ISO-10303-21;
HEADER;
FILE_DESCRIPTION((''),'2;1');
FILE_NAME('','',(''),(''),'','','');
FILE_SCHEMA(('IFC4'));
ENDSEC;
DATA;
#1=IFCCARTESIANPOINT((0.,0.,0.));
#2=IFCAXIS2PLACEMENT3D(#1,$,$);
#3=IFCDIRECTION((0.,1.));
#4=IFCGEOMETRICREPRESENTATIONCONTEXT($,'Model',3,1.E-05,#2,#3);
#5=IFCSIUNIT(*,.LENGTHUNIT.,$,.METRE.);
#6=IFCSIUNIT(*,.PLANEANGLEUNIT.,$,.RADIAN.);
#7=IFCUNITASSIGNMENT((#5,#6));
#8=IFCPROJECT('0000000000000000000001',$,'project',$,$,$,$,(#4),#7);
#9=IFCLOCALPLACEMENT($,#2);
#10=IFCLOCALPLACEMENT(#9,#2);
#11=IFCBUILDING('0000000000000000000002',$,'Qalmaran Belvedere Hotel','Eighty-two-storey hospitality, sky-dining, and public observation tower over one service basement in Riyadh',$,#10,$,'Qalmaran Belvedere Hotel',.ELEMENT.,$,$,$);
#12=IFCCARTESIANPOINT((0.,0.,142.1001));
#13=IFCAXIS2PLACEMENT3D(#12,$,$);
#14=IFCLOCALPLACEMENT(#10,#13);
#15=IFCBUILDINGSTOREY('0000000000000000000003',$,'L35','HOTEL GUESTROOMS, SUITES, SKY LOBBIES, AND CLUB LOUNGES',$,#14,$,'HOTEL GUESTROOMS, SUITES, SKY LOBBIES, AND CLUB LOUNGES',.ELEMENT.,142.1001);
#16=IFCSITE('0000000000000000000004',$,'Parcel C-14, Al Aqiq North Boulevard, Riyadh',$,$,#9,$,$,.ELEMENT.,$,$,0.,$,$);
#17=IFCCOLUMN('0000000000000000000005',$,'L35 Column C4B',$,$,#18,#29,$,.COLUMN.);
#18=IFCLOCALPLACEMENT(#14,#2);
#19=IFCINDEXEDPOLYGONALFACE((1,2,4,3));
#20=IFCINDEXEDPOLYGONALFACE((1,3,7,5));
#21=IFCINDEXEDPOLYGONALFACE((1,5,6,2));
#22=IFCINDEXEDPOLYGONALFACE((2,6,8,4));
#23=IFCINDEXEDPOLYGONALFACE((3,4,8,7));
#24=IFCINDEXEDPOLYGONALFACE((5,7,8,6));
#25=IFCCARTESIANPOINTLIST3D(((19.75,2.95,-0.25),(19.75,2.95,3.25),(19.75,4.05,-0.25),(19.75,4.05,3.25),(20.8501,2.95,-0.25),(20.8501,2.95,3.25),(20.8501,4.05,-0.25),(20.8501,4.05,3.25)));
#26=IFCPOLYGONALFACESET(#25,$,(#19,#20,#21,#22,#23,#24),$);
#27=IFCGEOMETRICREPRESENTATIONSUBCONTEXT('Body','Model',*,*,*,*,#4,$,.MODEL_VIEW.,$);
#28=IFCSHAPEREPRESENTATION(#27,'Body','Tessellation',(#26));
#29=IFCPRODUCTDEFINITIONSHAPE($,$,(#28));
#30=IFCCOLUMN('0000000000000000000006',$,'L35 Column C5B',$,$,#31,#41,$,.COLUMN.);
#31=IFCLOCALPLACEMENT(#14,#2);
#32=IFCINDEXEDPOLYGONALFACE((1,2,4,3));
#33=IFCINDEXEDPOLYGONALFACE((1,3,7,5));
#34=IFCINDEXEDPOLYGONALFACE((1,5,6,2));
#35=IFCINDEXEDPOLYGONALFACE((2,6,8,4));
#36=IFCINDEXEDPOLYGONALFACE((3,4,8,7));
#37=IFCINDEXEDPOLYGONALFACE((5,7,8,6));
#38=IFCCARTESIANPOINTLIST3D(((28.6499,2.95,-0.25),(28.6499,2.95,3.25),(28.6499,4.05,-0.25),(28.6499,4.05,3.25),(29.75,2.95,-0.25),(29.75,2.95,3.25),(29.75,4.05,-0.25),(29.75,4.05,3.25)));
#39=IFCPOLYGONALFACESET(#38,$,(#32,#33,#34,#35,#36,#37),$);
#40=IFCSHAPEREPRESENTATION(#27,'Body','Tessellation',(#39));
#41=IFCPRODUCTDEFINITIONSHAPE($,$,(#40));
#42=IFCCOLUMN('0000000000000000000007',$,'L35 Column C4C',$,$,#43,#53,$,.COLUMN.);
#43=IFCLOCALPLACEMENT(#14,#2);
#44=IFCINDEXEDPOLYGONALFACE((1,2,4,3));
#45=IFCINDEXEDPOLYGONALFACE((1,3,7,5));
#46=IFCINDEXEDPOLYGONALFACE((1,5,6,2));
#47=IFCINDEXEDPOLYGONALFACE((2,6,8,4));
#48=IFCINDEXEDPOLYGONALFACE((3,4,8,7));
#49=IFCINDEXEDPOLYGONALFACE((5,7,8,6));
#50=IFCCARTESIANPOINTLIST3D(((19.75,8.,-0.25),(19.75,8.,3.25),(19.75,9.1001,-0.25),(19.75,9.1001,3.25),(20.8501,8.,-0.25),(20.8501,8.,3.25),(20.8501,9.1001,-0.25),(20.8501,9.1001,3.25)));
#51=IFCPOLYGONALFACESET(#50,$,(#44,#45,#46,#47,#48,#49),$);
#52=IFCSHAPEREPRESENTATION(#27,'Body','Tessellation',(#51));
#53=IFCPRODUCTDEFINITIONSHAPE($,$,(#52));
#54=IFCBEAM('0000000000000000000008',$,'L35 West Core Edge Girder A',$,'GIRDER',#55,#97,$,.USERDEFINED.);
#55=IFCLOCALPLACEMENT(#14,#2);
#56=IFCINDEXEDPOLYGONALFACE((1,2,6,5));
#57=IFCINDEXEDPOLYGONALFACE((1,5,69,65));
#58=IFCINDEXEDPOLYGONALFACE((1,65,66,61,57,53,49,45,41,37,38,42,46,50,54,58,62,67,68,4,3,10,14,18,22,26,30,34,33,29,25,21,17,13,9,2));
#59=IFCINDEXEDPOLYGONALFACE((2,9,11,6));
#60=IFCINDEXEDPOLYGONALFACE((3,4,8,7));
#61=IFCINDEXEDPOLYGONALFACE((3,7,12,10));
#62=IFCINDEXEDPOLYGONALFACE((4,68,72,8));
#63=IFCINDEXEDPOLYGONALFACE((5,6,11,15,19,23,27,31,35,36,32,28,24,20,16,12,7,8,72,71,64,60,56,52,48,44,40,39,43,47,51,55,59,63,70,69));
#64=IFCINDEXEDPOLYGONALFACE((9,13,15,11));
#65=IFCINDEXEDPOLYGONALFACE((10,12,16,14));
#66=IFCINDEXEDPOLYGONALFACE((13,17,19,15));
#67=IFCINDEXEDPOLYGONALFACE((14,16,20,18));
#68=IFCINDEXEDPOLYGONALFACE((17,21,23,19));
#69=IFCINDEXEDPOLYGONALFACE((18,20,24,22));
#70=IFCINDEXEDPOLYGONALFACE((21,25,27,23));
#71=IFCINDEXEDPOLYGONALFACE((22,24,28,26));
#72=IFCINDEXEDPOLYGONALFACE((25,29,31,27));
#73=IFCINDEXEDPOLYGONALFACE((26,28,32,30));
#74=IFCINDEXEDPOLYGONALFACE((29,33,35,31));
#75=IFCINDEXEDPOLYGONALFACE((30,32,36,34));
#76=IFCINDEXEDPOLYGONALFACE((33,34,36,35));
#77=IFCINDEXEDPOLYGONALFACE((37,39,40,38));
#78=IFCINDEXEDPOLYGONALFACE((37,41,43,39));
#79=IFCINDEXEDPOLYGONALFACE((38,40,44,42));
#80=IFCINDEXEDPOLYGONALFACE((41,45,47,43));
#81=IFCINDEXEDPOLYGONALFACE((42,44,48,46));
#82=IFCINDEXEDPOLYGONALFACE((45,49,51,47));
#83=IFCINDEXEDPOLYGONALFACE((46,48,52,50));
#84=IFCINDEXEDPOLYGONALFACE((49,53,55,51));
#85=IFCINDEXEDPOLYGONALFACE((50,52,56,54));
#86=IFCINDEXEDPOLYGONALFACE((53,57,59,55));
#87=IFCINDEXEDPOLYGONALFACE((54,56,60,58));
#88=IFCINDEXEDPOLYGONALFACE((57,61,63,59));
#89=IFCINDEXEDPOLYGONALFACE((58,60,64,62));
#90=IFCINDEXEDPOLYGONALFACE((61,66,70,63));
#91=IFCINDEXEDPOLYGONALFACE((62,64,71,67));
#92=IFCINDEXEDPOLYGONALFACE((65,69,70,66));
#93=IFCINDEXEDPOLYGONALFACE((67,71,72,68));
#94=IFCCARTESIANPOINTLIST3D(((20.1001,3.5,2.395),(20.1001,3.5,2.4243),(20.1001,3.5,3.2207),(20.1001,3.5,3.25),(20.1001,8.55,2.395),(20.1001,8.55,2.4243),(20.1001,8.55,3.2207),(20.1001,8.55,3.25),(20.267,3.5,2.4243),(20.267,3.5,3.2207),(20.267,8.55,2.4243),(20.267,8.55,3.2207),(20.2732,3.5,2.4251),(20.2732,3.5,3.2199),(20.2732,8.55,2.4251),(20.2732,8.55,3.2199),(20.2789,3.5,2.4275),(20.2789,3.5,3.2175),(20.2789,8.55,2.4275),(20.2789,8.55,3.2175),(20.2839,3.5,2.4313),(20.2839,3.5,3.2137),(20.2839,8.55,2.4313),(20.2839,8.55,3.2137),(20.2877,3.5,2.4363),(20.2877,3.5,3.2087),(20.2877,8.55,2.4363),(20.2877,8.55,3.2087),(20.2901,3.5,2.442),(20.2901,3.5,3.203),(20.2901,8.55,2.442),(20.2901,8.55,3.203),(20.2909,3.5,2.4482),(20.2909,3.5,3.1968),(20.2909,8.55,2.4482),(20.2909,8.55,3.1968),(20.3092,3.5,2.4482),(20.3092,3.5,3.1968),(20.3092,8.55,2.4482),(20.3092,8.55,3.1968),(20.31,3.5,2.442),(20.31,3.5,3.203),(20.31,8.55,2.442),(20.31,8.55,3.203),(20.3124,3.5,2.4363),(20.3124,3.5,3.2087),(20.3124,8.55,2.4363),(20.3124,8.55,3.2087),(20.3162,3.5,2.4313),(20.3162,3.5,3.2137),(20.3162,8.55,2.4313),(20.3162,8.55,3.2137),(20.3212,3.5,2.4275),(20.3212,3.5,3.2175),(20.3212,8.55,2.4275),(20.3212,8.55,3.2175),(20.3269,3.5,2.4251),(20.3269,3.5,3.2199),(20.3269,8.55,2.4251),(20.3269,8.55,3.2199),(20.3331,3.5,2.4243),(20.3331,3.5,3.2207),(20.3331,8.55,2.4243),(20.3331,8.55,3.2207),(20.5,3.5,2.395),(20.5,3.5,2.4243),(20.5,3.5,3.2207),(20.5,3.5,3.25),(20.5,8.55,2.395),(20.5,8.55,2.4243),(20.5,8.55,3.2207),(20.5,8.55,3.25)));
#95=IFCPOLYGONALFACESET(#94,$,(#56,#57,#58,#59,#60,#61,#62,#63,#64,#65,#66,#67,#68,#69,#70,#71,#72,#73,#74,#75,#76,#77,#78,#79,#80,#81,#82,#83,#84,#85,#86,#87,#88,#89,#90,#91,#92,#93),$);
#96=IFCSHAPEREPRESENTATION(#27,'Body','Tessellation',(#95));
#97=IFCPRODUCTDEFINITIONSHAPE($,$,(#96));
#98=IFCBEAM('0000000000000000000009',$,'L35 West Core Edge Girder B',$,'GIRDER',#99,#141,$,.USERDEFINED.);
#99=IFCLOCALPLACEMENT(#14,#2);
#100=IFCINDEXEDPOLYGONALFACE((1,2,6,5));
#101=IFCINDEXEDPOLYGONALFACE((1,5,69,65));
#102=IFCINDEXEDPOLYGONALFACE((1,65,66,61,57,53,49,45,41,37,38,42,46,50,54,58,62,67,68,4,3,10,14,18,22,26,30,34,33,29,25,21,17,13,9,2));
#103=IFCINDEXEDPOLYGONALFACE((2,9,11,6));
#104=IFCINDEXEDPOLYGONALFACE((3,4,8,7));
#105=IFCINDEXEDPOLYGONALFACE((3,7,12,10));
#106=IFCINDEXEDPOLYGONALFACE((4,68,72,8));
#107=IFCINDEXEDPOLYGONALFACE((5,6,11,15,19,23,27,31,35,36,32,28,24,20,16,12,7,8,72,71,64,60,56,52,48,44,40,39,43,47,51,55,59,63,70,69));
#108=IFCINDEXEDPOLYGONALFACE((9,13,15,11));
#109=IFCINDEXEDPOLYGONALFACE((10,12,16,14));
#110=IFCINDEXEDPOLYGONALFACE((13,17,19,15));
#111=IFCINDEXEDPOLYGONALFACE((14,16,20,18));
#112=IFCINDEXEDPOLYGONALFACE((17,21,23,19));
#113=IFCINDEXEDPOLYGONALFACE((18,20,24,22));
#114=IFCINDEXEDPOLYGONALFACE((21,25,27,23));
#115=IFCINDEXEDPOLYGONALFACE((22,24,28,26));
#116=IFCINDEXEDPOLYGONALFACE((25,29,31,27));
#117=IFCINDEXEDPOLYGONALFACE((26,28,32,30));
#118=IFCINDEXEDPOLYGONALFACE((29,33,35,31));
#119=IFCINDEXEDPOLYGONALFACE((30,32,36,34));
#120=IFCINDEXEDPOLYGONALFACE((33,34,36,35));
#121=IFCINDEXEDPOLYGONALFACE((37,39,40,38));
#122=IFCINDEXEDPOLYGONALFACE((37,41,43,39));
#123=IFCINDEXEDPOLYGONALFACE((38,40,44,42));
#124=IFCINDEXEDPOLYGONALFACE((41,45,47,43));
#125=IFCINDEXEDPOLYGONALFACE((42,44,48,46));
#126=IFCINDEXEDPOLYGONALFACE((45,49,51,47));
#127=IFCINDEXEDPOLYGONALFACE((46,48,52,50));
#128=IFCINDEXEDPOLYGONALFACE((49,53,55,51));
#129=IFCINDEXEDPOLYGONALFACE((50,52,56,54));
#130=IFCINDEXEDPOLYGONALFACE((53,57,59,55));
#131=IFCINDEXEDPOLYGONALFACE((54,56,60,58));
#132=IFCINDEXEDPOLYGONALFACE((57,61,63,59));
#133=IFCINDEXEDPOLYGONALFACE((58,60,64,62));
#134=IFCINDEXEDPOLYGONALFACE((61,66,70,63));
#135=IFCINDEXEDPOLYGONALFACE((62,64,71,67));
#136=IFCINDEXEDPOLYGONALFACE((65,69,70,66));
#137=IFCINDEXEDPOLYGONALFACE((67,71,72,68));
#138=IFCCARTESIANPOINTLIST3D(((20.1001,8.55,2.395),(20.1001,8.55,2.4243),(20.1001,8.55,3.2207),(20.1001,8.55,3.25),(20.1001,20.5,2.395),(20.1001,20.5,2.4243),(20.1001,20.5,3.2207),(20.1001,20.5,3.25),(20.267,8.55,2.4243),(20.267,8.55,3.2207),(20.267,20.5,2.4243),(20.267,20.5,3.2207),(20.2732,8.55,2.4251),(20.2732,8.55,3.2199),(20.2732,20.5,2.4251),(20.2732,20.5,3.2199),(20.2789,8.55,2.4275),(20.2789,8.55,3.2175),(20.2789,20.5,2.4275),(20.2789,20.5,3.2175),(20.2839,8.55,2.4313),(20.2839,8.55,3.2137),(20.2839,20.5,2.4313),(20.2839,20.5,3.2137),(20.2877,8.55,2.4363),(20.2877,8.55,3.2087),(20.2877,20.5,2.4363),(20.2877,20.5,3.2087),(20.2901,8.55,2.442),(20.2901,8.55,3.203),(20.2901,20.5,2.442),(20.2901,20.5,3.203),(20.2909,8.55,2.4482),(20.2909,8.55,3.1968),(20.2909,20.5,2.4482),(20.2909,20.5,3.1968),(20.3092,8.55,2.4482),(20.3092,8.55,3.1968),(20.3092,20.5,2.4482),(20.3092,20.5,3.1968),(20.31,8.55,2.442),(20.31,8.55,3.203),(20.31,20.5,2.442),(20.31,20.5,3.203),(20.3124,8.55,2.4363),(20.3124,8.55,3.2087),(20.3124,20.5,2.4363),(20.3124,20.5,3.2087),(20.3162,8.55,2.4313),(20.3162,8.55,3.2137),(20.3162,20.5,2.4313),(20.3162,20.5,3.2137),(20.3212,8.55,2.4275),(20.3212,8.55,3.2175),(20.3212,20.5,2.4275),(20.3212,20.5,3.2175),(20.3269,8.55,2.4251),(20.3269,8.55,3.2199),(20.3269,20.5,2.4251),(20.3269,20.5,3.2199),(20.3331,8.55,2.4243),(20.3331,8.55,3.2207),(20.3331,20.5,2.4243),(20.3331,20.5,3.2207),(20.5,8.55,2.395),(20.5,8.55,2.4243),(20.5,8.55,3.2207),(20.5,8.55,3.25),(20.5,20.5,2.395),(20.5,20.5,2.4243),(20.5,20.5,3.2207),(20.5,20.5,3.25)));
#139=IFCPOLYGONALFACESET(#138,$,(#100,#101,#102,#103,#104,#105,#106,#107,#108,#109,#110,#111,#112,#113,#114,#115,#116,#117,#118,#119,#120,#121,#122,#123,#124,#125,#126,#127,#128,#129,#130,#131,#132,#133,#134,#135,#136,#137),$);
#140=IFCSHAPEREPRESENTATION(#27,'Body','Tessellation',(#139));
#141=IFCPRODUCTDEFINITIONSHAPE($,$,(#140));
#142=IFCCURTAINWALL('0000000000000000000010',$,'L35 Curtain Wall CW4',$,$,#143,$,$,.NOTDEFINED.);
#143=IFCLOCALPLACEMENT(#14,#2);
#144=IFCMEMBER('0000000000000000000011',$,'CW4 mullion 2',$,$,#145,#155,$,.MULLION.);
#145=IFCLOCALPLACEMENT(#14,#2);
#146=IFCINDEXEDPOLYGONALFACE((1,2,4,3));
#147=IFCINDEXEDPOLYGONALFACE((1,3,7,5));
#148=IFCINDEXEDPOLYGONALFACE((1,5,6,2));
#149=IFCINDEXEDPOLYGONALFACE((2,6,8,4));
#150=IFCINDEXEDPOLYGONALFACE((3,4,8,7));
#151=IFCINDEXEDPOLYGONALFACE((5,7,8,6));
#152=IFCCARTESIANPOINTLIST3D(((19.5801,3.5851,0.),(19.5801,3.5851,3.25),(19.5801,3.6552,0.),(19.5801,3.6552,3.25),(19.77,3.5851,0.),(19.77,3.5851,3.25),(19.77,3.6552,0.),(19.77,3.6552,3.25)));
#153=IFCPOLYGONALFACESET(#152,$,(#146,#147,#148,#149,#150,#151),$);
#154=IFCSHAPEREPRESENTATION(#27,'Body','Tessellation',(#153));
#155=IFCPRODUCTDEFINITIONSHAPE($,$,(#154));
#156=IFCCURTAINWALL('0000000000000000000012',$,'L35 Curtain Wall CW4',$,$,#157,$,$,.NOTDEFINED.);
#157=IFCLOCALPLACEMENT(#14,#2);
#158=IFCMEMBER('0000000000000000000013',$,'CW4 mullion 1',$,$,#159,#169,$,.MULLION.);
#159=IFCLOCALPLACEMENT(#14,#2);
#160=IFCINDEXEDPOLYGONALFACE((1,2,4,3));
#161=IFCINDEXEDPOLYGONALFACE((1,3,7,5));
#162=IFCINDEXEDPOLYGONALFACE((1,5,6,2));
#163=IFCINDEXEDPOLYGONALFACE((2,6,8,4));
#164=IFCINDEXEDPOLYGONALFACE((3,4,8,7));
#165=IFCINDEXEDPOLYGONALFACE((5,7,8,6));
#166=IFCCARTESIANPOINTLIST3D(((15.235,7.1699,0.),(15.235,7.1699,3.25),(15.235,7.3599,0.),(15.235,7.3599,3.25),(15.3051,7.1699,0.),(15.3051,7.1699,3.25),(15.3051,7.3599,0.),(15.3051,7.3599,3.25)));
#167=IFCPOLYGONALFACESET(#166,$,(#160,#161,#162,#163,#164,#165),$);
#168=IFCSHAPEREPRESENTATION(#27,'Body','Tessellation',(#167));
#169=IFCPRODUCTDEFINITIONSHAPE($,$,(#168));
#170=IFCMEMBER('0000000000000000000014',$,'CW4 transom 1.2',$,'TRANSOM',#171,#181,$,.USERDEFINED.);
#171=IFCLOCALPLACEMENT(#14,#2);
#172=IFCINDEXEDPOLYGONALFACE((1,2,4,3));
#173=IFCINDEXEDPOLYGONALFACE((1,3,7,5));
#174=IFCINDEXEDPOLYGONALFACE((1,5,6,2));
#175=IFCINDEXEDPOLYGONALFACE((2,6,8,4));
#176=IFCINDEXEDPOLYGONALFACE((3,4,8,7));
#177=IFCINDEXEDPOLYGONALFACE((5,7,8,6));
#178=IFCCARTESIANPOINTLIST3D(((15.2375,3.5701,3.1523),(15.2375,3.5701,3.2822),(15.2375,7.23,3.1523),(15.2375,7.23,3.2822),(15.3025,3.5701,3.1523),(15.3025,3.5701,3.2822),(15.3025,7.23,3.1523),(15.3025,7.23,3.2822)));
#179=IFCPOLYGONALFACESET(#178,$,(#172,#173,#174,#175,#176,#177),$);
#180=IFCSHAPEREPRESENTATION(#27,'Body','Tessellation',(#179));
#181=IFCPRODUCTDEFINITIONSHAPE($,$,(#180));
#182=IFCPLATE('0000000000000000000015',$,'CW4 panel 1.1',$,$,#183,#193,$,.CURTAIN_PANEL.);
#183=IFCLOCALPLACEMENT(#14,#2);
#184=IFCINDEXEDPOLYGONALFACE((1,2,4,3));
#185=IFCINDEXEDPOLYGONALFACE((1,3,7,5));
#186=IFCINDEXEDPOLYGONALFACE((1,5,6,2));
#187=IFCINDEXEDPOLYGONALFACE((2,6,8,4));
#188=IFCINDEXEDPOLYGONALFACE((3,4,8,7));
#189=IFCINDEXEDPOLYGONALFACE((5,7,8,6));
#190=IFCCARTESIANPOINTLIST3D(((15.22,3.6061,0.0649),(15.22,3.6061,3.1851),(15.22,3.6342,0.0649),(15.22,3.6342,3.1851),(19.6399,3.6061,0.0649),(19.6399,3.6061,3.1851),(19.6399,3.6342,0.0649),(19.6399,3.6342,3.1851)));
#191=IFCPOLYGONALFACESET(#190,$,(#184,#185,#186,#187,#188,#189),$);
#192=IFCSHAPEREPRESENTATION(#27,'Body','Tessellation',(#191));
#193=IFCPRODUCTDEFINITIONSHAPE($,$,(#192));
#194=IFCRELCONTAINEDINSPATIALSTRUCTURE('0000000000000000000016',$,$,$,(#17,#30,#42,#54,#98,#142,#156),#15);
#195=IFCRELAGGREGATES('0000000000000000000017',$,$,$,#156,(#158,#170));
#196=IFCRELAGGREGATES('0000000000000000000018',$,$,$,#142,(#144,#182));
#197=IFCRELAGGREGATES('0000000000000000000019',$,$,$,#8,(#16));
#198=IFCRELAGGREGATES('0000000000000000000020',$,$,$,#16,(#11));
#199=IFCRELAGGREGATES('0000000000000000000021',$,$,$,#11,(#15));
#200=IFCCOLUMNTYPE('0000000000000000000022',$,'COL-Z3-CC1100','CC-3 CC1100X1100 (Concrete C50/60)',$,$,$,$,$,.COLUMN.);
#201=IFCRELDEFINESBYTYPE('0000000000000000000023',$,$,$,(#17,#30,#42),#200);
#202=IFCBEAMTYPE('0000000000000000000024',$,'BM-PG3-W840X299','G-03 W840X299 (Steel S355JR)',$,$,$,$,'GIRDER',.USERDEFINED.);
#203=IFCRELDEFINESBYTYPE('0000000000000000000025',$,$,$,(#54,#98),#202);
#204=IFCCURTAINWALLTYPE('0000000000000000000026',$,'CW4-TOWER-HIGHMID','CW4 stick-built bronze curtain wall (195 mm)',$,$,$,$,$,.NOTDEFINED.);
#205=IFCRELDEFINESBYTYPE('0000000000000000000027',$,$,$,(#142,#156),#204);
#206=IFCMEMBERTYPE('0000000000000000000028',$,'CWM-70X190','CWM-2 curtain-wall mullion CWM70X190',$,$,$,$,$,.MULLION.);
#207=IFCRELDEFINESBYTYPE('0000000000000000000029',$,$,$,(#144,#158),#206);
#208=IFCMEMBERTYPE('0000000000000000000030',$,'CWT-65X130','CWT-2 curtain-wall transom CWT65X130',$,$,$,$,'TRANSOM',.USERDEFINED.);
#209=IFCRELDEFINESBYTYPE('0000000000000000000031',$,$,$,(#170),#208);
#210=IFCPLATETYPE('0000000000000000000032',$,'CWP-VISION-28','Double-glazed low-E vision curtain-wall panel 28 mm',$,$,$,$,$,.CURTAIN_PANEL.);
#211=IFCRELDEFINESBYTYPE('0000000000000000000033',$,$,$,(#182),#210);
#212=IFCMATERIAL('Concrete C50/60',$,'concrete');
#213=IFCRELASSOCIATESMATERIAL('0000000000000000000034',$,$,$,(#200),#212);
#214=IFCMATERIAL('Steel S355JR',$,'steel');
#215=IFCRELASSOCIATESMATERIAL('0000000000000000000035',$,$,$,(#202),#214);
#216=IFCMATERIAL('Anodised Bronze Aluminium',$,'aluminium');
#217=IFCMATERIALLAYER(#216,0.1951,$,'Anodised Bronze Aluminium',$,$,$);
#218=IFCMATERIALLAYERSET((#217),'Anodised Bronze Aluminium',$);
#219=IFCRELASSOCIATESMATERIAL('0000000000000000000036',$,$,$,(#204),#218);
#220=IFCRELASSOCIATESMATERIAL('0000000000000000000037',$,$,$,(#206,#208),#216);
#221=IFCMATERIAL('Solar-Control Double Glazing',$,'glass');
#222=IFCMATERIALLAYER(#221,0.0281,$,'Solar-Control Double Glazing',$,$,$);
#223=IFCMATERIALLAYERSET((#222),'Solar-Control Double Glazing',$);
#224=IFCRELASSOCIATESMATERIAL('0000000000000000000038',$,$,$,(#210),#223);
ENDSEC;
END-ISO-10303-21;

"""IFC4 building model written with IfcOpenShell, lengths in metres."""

from ifc_helpers import new_model, si_unit, direction, frame, origin, origin_2d, place, context, subcontext, project, spatial, rectangle, i_section, extrude, material, layer, layer_set, material_profile, profile_set, type_object, element, aggregate, save


model = new_model("IFC4")

# Units and contexts
model_context = context("Model", 3, precision=1e-05, world=origin(), true_north=direction((0.0, 1.0)))
body_context = subcontext(model_context, "Body", "Model", "MODEL_VIEW")
ifc_project = project(units=[si_unit("LENGTHUNIT", "METRE"), si_unit("PLANEANGLEUNIT", "RADIAN")], contexts=[model_context])

# Site, building, storey
site_placement = place(None, origin())
site = spatial("IfcSite", under=ifc_project, at=site_placement, Name="Parcel C-14, Al Aqiq North Boulevard, Riyadh", CompositionType="ELEMENT", RefElevation=0.0)
building_placement = place(site_placement, origin())
building = spatial("IfcBuilding", under=site, at=building_placement, Name="Qalmaran Belvedere Hotel", Description="Eighty-two-storey hospitality, sky-dining, and public observation tower over one service basement in Riyadh", LongName="Qalmaran Belvedere Hotel", CompositionType="ELEMENT")
storey_placement = place(building_placement, frame((0.0, 0.0, 142.1001)))
storey = spatial("IfcBuildingStorey", under=building, at=storey_placement, Name="L35", Description="HOTEL GUESTROOMS, SUITES, SKY LOBBIES, AND CLUB LOUNGES", LongName="HOTEL GUESTROOMS, SUITES, SKY LOBBIES, AND CLUB LOUNGES", CompositionType="ELEMENT", Elevation=142.1001)

# Columns
ifc_material_1 = material(Name="Concrete C50/60", Category="concrete")
ifc_material_profile_1 = material_profile(ifc_material_1, rectangle(XDim=1.1001, YDim=1.1001, at=origin_2d()), Name="CC1100X1100")
ifc_profile_set_1 = profile_set([ifc_material_profile_1], Name="Concrete C50/60")
column_type = type_object("IfcColumnType", Name="COL-Z3-CC1100", Description="CC-3 CC1100X1100 (Concrete C50/60)", PredefinedType="COLUMN", material=ifc_profile_set_1)
for number, where, z_axis, x_axis, name in (
    (1, (20.3, 3.5, -0.25), (0.0, 0.0, 1.0), (1.0, 0.0, 0.0), "L35 Column C4B"),
    (2, (29.2, 3.5, -0.25), (0.0, 0.0, 1.0), (1.0, 0.0, 0.0), "L35 Column C5B"),
    (3, (20.3, 8.55, -0.25), (0.0, 0.0, 1.0), (1.0, 0.0, 0.0), "L35 Column C4C"),
):
    element("IfcColumn", number, at=place(storey_placement, frame(where, z_axis=z_axis, x_axis=x_axis)), inside=storey, type_object=column_type, Name=name, PredefinedType="COLUMN", context=body_context, shape_type="SweptSolid", body=[
        extrude(rectangle(XDim=1.1001, YDim=1.1001, at=origin_2d()), origin(), (0.0, 0.0, 1.0), 3.5),
    ])

# Beams
ifc_material_2 = material(Name="Steel S355JR", Category="steel")
ifc_material_profile_2 = material_profile(ifc_material_2, i_section(OverallWidth=0.3999, OverallDepth=0.855, WebThickness=0.0183, FlangeThickness=0.0293, FilletRadius=0.0239, at=origin_2d()), Name="W840X299")
ifc_profile_set_2 = profile_set([ifc_material_profile_2], Name="Steel S355JR")
beam_type = type_object("IfcBeamType", Name="BM-PG3-W840X299", Description="G-03 W840X299 (Steel S355JR)", ElementType="GIRDER", PredefinedType="USERDEFINED", material=ifc_profile_set_2)
beam_1_placement = place(storey_placement, frame((20.3, 3.5, 2.8225), z_axis=(0.0, 1.0, 0.0), x_axis=(-1.0, 0.0, 0.0)))
element("IfcBeam", 4, at=beam_1_placement, inside=storey, type_object=beam_type, Name="L35 West Core Edge Girder A", ObjectType="GIRDER", PredefinedType="USERDEFINED", context=body_context, shape_type="SweptSolid", body=[
    extrude(i_section(OverallWidth=0.3999, OverallDepth=0.855, WebThickness=0.0183, FlangeThickness=0.0293, FilletRadius=0.0239, at=origin_2d()), origin(), (0.0, 0.0, 1.0), 5.05),
])
beam_2_placement = place(storey_placement, frame((20.3, 8.55, 2.8225), z_axis=(0.0, 1.0, 0.0), x_axis=(-1.0, 0.0, 0.0)))
element("IfcBeam", 5, at=beam_2_placement, inside=storey, type_object=beam_type, Name="L35 West Core Edge Girder B", ObjectType="GIRDER", PredefinedType="USERDEFINED", context=body_context, shape_type="SweptSolid", body=[
    extrude(i_section(OverallWidth=0.3999, OverallDepth=0.855, WebThickness=0.0183, FlangeThickness=0.0293, FilletRadius=0.0239, at=origin_2d()), origin(), (0.0, 0.0, 1.0), 11.95),
])

# Curtain wall, member
ifc_material_3 = material(Name="Anodised Bronze Aluminium", Category="aluminium")
ifc_layer_1 = layer(ifc_material_3, 0.1951, Name="Anodised Bronze Aluminium")
ifc_layer_set_1 = layer_set([ifc_layer_1], Name="Anodised Bronze Aluminium")
curtain_wall_type = type_object("IfcCurtainWallType", Name="CW4-TOWER-HIGHMID", Description="CW4 stick-built bronze curtain wall (195 mm)", PredefinedType="NOTDEFINED", material=ifc_layer_set_1)
curtain_wall_1_placement = place(storey_placement, origin())
curtain_wall_1 = element("IfcCurtainWall", 6, at=curtain_wall_1_placement, inside=storey, type_object=curtain_wall_type, Name="L35 Curtain Wall CW4", PredefinedType="NOTDEFINED")
ifc_material_profile_3 = material_profile(ifc_material_3, rectangle(XDim=0.0701, YDim=0.1899, at=origin_2d()), Name="CWM70X190")
ifc_profile_set_3 = profile_set([ifc_material_profile_3], Name="Anodised Bronze Aluminium")
member_type_1 = type_object("IfcMemberType", Name="CWM-70X190", Description="CWM-2 curtain-wall mullion CWM70X190", PredefinedType="MULLION", material=ifc_profile_set_3)
member_1_placement = place(storey_placement, frame((19.675, 3.6201, 0.0), z_axis=(0.0, 0.0, 1.0), x_axis=(0.0, 1.0, 0.0)))
member_1 = element("IfcMember", 7, at=member_1_placement, type_object=member_type_1, Name="CW4 mullion 2", PredefinedType="MULLION", context=body_context, shape_type="SweptSolid", body=[
    extrude(rectangle(XDim=0.0701, YDim=0.1899, at=origin_2d()), origin(), (0.0, 0.0, 1.0), 3.25),
])

# Curtain wall, members
curtain_wall_2_placement = place(storey_placement, origin())
curtain_wall_2 = element("IfcCurtainWall", 8, at=curtain_wall_2_placement, inside=storey, type_object=curtain_wall_type, Name="L35 Curtain Wall CW4", PredefinedType="NOTDEFINED")
member_2_placement = place(storey_placement, frame((15.27, 7.2649, 0.0), z_axis=(0.0, 0.0, 1.0), x_axis=(1.0, 0.0, 0.0)))
member_2 = element("IfcMember", 9, at=member_2_placement, type_object=member_type_1, Name="CW4 mullion 1", PredefinedType="MULLION", context=body_context, shape_type="SweptSolid", body=[
    extrude(rectangle(XDim=0.0701, YDim=0.1899, at=origin_2d()), origin(), (0.0, 0.0, 1.0), 3.25),
])
ifc_material_profile_4 = material_profile(ifc_material_3, rectangle(XDim=0.0649, YDim=0.1299, at=origin_2d()), Name="CWT65X130")
ifc_profile_set_4 = profile_set([ifc_material_profile_4], Name="Anodised Bronze Aluminium")
member_type_2 = type_object("IfcMemberType", Name="CWT-65X130", Description="CWT-2 curtain-wall transom CWT65X130", ElementType="TRANSOM", PredefinedType="USERDEFINED", material=ifc_profile_set_4)
member_3_placement = place(storey_placement, frame((15.27, 7.23, 3.2173), z_axis=(0.0, -1.0, 0.0), x_axis=(1.0, 0.0, 0.0)))
member_3 = element("IfcMember", 10, at=member_3_placement, type_object=member_type_2, Name="CW4 transom 1.2", ObjectType="TRANSOM", PredefinedType="USERDEFINED", context=body_context, shape_type="SweptSolid", body=[
    extrude(rectangle(XDim=0.0649, YDim=0.1299, at=origin_2d()), origin(), (0.0, 0.0, 1.0), 3.6599),
])
aggregate(curtain_wall_2, [member_2, member_3])

# Plate
ifc_material_4 = material(Name="Solar-Control Double Glazing", Category="glass")
ifc_layer_2 = layer(ifc_material_4, 0.0281, Name="Solar-Control Double Glazing")
ifc_layer_set_2 = layer_set([ifc_layer_2], Name="Solar-Control Double Glazing")
plate_type = type_object("IfcPlateType", Name="CWP-VISION-28", Description="Double-glazed low-E vision curtain-wall panel 28 mm", PredefinedType="CURTAIN_PANEL", material=ifc_layer_set_2)
plate_placement = place(storey_placement, frame((17.4299, 3.6201, 0.0649), z_axis=(0.0, 0.0, 1.0), x_axis=(1.0, 0.0, 0.0)))
plate = element("IfcPlate", 11, at=plate_placement, type_object=plate_type, Name="CW4 panel 1.1", PredefinedType="CURTAIN_PANEL", context=body_context, shape_type="SweptSolid", body=[
    extrude(rectangle(XDim=4.4199, YDim=0.0281, at=origin_2d()), origin(), (0.0, 0.0, 1.0), 3.1201),
])
aggregate(curtain_wall_1, [member_1, plate])

save(model, "model.ifc")
